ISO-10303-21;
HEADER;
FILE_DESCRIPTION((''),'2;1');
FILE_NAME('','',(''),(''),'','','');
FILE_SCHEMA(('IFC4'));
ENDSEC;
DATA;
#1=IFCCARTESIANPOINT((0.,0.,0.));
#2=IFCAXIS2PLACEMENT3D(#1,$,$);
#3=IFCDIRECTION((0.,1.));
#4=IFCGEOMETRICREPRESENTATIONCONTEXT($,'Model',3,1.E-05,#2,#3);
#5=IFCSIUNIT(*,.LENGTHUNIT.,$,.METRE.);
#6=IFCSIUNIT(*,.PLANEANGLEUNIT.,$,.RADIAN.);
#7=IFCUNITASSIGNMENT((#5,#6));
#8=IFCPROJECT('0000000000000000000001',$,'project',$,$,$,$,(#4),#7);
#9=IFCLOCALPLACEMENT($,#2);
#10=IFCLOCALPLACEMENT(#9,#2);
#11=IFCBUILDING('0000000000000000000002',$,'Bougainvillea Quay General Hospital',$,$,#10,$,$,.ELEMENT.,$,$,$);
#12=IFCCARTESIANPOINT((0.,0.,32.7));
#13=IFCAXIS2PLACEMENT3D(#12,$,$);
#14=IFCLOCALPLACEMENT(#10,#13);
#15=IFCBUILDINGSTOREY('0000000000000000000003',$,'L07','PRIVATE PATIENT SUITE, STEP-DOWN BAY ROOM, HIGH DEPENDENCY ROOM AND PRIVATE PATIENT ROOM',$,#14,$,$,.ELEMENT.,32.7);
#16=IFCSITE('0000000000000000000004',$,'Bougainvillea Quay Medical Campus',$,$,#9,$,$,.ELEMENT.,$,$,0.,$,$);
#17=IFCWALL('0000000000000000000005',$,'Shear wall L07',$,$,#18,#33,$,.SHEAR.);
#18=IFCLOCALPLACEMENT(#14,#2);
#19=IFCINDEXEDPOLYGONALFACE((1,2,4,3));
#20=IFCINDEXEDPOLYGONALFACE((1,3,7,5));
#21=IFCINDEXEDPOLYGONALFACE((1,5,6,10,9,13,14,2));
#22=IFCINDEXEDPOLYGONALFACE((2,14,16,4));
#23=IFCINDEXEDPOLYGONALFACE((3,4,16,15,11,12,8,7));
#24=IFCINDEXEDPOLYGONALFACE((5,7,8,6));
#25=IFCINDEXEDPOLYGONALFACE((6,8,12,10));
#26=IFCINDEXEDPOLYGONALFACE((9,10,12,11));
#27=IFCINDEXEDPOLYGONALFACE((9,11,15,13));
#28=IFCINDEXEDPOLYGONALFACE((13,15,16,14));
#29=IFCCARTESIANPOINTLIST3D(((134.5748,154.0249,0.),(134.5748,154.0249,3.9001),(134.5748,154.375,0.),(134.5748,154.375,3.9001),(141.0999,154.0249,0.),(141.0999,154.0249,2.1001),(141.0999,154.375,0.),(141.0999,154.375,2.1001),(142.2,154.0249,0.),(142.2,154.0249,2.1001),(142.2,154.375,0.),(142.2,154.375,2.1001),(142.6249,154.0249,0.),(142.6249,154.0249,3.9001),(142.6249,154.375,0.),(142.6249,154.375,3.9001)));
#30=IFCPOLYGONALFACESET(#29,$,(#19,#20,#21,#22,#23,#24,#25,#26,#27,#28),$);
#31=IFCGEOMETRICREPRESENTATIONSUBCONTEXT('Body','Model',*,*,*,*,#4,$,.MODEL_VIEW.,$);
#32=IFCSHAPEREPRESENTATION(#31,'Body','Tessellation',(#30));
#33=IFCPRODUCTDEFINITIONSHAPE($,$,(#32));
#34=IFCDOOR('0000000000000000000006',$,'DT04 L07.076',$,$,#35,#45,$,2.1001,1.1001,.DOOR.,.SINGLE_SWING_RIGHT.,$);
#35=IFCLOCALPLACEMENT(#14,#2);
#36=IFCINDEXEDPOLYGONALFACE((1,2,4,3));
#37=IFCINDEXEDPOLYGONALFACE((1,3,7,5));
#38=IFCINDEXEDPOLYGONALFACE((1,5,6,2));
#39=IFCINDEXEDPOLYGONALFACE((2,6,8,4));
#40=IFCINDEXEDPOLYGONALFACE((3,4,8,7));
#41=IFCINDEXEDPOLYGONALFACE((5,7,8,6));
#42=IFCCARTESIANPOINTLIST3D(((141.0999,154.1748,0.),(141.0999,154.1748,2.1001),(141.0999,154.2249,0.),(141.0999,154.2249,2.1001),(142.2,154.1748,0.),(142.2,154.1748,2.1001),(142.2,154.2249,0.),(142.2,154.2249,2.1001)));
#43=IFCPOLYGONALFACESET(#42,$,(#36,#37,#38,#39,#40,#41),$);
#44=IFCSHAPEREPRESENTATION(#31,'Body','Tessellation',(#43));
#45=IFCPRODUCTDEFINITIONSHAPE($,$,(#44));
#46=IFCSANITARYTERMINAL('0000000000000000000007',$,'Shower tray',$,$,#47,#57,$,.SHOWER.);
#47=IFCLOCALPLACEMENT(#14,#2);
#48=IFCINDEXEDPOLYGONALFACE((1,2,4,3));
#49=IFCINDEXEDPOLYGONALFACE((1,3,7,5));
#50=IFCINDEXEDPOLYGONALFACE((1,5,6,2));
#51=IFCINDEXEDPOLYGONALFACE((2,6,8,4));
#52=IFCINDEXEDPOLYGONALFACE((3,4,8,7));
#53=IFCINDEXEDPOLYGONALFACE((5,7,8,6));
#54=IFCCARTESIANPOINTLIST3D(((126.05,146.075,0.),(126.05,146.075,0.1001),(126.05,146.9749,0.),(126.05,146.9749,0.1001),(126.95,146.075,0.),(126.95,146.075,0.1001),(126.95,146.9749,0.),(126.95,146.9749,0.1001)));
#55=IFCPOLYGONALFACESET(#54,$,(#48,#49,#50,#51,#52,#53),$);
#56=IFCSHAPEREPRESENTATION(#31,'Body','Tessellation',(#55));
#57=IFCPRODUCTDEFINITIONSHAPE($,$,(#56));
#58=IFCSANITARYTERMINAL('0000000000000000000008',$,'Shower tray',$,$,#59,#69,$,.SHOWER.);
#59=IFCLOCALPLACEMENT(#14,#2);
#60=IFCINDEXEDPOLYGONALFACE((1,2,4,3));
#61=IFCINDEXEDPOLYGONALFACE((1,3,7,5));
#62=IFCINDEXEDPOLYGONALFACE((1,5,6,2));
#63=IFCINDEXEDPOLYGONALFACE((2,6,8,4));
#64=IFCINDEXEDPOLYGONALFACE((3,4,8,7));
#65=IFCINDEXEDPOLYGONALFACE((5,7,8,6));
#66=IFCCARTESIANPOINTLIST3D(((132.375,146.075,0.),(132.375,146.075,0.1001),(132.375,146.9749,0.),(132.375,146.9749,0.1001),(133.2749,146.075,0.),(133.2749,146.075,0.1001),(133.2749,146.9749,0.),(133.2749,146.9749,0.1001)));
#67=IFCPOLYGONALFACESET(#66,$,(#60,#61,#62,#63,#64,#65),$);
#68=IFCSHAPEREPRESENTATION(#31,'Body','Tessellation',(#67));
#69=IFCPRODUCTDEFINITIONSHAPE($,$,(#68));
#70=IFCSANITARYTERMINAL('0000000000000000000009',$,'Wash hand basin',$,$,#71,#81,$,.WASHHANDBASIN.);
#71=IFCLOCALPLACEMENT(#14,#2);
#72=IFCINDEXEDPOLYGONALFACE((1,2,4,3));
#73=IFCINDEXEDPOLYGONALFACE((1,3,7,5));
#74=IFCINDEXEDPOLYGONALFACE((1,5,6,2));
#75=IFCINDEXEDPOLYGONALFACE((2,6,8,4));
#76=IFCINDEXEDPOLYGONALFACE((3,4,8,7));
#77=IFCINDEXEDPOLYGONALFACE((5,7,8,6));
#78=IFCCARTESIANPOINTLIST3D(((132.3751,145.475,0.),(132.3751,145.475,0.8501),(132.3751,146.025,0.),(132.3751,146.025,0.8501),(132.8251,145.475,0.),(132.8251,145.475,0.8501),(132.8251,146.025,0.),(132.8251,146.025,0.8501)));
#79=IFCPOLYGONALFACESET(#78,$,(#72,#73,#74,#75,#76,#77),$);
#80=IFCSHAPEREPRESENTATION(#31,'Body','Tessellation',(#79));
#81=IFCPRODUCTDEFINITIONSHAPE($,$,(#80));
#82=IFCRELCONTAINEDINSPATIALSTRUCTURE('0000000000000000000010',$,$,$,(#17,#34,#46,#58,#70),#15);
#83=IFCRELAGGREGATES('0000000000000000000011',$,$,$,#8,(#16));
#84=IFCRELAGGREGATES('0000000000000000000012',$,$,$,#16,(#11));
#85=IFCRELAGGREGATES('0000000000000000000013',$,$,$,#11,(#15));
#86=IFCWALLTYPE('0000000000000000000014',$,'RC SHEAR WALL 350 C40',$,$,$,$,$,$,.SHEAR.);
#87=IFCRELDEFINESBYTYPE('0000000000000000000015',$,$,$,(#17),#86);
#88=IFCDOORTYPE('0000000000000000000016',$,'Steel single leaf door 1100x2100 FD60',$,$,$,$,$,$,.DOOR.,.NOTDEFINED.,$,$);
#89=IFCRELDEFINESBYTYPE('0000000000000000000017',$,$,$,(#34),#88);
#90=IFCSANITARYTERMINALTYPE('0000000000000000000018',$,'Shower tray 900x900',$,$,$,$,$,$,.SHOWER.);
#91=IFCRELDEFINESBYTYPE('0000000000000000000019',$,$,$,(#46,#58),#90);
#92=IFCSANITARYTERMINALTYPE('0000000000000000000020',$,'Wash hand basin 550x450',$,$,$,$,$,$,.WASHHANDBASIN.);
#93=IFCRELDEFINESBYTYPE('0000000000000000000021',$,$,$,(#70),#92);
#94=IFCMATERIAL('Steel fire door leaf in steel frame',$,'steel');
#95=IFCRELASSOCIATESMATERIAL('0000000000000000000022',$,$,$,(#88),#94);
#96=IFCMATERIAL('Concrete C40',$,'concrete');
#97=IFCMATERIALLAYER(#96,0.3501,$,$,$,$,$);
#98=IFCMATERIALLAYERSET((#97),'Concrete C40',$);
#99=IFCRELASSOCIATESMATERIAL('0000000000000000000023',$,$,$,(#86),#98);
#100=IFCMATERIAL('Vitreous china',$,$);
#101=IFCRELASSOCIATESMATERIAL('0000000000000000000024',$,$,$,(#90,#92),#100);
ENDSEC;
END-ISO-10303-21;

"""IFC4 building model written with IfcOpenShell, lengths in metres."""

from ifc_helpers import new_model, si_unit, direction, frame, frame_2d, origin, origin_2d, place, context, subcontext, project, spatial, rectangle, extrude, material, layer, layer_set, type_object, element, fill, save


model = new_model("IFC4")

# Units and contexts
model_context = context("Model", 3, precision=1e-05, world=origin(), true_north=direction((0.0, 1.0)))
body_context = subcontext(model_context, "Body", "Model", "MODEL_VIEW")
ifc_project = project(units=[si_unit("LENGTHUNIT", "METRE"), si_unit("PLANEANGLEUNIT", "RADIAN")], contexts=[model_context])

# Site, building, storey
site_placement = place(None, origin())
site = spatial("IfcSite", under=ifc_project, at=site_placement, Name="Bougainvillea Quay Medical Campus", CompositionType="ELEMENT", RefElevation=0.0)
building_placement = place(site_placement, origin())
building = spatial("IfcBuilding", under=site, at=building_placement, Name="Bougainvillea Quay General Hospital", CompositionType="ELEMENT")
storey_placement = place(building_placement, frame((0.0, 0.0, 32.7)))
storey = spatial("IfcBuildingStorey", under=building, at=storey_placement, Name="L07", Description="PRIVATE PATIENT SUITE, STEP-DOWN BAY ROOM, HIGH DEPENDENCY ROOM AND PRIVATE PATIENT ROOM", CompositionType="ELEMENT", Elevation=32.7)

# Shared definitions
ifc_material_1 = material(Name="Concrete C40", Category="concrete")

# Shared definitions
ifc_material_2 = material(Name="Steel fire door leaf in steel frame", Category="steel")
door_type_1 = type_object("IfcDoorType", Name="Steel single leaf door 1100x2100 FD60", OperationType="NOTDEFINED", PredefinedType="DOOR", material=ifc_material_2)

# Shared definitions
ifc_layer_1 = layer(ifc_material_1, 0.3501)
ifc_layer_set_1 = layer_set([ifc_layer_1], Name="Concrete C40")
wall_type_1 = type_object("IfcWallType", Name="RC SHEAR WALL 350 C40", PredefinedType="SHEAR", material=ifc_layer_set_1)

# Wall, opening, door
wall_1_placement = place(storey_placement, frame((134.575, 154.2, 0.0), z_axis=(0.0, 0.0, 1.0), x_axis=(1.0, 0.0, 0.0)))
wall_1 = element("IfcWall", 1, at=wall_1_placement, inside=storey, type_object=wall_type_1, Name="Shear wall L07", PredefinedType="SHEAR", context=body_context, shape_type="SweptSolid", body=[
    extrude(rectangle(XDim=8.05, YDim=0.3501, at=frame_2d((4.0249, 0.0))), origin(), (0.0, 0.0, 1.0), 3.9001),
])
opening_1_placement = place(wall_1_placement, frame((6.5249, 0.0, 0.0)))
opening_1 = element("IfcOpeningElement", 2, at=opening_1_placement, cuts=wall_1, PredefinedType="OPENING", context=body_context, shape_type="SweptSolid", body=[
    extrude(rectangle(XDim=1.1001, YDim=2.1001, at=frame_2d((0.55, 1.05))), frame((0.0, 0.1851, 0.0), z_axis=(0.0, -1.0, 0.0), x_axis=(1.0, 0.0, 0.0)), (0.0, 0.0, 1.0), 0.3701),
])
door_1_placement = place(opening_1_placement, origin())
door_1 = element("IfcDoor", 3, at=door_1_placement, inside=storey, type_object=door_type_1, Name="DT04 L07.076", OperationType="SINGLE_SWING_RIGHT", OverallHeight=2.1001, OverallWidth=1.1001, PredefinedType="DOOR", context=body_context, shape_type="SweptSolid", body=[
    extrude(rectangle(XDim=1.1001, YDim=2.1001, at=frame_2d((0.55, 1.05))), frame((0.0, 0.0249, 0.0), z_axis=(0.0, -1.0, 0.0), x_axis=(1.0, 0.0, 0.0)), (0.0, 0.0, 1.0), 0.05),
])
fill(opening_1, door_1)

# Sanitary terminals
ifc_material_3 = material(Name="Vitreous china")
sanitary_terminal_type_1 = type_object("IfcSanitaryTerminalType", Name="Shower tray 900x900", PredefinedType="SHOWER", material=ifc_material_3)
for number, where, z_axis, x_axis, name in (
    (4, (126.5, 146.5249, 0.0), (0.0, 0.0, 1.0), (0.0, 1.0, 0.0), "Shower tray"),
    (5, (132.825, 146.5249, 0.0), (0.0, 0.0, 1.0), (0.0, 1.0, 0.0), "Shower tray"),
):
    element("IfcSanitaryTerminal", number, at=place(storey_placement, frame(where, z_axis=z_axis, x_axis=x_axis)), inside=storey, type_object=sanitary_terminal_type_1, Name=name, PredefinedType="SHOWER", context=body_context, shape_type="SweptSolid", body=[
        extrude(rectangle(XDim=0.8999, YDim=0.8999, at=origin_2d()), origin(), (0.0, 0.0, 1.0), 0.1001),
    ])
sanitary_terminal_type_2 = type_object("IfcSanitaryTerminalType", Name="Wash hand basin 550x450", PredefinedType="WASHHANDBASIN", material=ifc_material_3)
sanitary_terminal_placement = place(storey_placement, frame((132.6001, 145.75, 0.0), z_axis=(0.0, 0.0, 1.0), x_axis=(0.0, 1.0, 0.0)))
element("IfcSanitaryTerminal", 6, at=sanitary_terminal_placement, inside=storey, type_object=sanitary_terminal_type_2, Name="Wash hand basin", PredefinedType="WASHHANDBASIN", context=body_context, shape_type="SweptSolid", body=[
    extrude(rectangle(XDim=0.55, YDim=0.45, at=origin_2d()), origin(), (0.0, 0.0, 1.0), 0.8501),
])

save(model, "model.ifc")
